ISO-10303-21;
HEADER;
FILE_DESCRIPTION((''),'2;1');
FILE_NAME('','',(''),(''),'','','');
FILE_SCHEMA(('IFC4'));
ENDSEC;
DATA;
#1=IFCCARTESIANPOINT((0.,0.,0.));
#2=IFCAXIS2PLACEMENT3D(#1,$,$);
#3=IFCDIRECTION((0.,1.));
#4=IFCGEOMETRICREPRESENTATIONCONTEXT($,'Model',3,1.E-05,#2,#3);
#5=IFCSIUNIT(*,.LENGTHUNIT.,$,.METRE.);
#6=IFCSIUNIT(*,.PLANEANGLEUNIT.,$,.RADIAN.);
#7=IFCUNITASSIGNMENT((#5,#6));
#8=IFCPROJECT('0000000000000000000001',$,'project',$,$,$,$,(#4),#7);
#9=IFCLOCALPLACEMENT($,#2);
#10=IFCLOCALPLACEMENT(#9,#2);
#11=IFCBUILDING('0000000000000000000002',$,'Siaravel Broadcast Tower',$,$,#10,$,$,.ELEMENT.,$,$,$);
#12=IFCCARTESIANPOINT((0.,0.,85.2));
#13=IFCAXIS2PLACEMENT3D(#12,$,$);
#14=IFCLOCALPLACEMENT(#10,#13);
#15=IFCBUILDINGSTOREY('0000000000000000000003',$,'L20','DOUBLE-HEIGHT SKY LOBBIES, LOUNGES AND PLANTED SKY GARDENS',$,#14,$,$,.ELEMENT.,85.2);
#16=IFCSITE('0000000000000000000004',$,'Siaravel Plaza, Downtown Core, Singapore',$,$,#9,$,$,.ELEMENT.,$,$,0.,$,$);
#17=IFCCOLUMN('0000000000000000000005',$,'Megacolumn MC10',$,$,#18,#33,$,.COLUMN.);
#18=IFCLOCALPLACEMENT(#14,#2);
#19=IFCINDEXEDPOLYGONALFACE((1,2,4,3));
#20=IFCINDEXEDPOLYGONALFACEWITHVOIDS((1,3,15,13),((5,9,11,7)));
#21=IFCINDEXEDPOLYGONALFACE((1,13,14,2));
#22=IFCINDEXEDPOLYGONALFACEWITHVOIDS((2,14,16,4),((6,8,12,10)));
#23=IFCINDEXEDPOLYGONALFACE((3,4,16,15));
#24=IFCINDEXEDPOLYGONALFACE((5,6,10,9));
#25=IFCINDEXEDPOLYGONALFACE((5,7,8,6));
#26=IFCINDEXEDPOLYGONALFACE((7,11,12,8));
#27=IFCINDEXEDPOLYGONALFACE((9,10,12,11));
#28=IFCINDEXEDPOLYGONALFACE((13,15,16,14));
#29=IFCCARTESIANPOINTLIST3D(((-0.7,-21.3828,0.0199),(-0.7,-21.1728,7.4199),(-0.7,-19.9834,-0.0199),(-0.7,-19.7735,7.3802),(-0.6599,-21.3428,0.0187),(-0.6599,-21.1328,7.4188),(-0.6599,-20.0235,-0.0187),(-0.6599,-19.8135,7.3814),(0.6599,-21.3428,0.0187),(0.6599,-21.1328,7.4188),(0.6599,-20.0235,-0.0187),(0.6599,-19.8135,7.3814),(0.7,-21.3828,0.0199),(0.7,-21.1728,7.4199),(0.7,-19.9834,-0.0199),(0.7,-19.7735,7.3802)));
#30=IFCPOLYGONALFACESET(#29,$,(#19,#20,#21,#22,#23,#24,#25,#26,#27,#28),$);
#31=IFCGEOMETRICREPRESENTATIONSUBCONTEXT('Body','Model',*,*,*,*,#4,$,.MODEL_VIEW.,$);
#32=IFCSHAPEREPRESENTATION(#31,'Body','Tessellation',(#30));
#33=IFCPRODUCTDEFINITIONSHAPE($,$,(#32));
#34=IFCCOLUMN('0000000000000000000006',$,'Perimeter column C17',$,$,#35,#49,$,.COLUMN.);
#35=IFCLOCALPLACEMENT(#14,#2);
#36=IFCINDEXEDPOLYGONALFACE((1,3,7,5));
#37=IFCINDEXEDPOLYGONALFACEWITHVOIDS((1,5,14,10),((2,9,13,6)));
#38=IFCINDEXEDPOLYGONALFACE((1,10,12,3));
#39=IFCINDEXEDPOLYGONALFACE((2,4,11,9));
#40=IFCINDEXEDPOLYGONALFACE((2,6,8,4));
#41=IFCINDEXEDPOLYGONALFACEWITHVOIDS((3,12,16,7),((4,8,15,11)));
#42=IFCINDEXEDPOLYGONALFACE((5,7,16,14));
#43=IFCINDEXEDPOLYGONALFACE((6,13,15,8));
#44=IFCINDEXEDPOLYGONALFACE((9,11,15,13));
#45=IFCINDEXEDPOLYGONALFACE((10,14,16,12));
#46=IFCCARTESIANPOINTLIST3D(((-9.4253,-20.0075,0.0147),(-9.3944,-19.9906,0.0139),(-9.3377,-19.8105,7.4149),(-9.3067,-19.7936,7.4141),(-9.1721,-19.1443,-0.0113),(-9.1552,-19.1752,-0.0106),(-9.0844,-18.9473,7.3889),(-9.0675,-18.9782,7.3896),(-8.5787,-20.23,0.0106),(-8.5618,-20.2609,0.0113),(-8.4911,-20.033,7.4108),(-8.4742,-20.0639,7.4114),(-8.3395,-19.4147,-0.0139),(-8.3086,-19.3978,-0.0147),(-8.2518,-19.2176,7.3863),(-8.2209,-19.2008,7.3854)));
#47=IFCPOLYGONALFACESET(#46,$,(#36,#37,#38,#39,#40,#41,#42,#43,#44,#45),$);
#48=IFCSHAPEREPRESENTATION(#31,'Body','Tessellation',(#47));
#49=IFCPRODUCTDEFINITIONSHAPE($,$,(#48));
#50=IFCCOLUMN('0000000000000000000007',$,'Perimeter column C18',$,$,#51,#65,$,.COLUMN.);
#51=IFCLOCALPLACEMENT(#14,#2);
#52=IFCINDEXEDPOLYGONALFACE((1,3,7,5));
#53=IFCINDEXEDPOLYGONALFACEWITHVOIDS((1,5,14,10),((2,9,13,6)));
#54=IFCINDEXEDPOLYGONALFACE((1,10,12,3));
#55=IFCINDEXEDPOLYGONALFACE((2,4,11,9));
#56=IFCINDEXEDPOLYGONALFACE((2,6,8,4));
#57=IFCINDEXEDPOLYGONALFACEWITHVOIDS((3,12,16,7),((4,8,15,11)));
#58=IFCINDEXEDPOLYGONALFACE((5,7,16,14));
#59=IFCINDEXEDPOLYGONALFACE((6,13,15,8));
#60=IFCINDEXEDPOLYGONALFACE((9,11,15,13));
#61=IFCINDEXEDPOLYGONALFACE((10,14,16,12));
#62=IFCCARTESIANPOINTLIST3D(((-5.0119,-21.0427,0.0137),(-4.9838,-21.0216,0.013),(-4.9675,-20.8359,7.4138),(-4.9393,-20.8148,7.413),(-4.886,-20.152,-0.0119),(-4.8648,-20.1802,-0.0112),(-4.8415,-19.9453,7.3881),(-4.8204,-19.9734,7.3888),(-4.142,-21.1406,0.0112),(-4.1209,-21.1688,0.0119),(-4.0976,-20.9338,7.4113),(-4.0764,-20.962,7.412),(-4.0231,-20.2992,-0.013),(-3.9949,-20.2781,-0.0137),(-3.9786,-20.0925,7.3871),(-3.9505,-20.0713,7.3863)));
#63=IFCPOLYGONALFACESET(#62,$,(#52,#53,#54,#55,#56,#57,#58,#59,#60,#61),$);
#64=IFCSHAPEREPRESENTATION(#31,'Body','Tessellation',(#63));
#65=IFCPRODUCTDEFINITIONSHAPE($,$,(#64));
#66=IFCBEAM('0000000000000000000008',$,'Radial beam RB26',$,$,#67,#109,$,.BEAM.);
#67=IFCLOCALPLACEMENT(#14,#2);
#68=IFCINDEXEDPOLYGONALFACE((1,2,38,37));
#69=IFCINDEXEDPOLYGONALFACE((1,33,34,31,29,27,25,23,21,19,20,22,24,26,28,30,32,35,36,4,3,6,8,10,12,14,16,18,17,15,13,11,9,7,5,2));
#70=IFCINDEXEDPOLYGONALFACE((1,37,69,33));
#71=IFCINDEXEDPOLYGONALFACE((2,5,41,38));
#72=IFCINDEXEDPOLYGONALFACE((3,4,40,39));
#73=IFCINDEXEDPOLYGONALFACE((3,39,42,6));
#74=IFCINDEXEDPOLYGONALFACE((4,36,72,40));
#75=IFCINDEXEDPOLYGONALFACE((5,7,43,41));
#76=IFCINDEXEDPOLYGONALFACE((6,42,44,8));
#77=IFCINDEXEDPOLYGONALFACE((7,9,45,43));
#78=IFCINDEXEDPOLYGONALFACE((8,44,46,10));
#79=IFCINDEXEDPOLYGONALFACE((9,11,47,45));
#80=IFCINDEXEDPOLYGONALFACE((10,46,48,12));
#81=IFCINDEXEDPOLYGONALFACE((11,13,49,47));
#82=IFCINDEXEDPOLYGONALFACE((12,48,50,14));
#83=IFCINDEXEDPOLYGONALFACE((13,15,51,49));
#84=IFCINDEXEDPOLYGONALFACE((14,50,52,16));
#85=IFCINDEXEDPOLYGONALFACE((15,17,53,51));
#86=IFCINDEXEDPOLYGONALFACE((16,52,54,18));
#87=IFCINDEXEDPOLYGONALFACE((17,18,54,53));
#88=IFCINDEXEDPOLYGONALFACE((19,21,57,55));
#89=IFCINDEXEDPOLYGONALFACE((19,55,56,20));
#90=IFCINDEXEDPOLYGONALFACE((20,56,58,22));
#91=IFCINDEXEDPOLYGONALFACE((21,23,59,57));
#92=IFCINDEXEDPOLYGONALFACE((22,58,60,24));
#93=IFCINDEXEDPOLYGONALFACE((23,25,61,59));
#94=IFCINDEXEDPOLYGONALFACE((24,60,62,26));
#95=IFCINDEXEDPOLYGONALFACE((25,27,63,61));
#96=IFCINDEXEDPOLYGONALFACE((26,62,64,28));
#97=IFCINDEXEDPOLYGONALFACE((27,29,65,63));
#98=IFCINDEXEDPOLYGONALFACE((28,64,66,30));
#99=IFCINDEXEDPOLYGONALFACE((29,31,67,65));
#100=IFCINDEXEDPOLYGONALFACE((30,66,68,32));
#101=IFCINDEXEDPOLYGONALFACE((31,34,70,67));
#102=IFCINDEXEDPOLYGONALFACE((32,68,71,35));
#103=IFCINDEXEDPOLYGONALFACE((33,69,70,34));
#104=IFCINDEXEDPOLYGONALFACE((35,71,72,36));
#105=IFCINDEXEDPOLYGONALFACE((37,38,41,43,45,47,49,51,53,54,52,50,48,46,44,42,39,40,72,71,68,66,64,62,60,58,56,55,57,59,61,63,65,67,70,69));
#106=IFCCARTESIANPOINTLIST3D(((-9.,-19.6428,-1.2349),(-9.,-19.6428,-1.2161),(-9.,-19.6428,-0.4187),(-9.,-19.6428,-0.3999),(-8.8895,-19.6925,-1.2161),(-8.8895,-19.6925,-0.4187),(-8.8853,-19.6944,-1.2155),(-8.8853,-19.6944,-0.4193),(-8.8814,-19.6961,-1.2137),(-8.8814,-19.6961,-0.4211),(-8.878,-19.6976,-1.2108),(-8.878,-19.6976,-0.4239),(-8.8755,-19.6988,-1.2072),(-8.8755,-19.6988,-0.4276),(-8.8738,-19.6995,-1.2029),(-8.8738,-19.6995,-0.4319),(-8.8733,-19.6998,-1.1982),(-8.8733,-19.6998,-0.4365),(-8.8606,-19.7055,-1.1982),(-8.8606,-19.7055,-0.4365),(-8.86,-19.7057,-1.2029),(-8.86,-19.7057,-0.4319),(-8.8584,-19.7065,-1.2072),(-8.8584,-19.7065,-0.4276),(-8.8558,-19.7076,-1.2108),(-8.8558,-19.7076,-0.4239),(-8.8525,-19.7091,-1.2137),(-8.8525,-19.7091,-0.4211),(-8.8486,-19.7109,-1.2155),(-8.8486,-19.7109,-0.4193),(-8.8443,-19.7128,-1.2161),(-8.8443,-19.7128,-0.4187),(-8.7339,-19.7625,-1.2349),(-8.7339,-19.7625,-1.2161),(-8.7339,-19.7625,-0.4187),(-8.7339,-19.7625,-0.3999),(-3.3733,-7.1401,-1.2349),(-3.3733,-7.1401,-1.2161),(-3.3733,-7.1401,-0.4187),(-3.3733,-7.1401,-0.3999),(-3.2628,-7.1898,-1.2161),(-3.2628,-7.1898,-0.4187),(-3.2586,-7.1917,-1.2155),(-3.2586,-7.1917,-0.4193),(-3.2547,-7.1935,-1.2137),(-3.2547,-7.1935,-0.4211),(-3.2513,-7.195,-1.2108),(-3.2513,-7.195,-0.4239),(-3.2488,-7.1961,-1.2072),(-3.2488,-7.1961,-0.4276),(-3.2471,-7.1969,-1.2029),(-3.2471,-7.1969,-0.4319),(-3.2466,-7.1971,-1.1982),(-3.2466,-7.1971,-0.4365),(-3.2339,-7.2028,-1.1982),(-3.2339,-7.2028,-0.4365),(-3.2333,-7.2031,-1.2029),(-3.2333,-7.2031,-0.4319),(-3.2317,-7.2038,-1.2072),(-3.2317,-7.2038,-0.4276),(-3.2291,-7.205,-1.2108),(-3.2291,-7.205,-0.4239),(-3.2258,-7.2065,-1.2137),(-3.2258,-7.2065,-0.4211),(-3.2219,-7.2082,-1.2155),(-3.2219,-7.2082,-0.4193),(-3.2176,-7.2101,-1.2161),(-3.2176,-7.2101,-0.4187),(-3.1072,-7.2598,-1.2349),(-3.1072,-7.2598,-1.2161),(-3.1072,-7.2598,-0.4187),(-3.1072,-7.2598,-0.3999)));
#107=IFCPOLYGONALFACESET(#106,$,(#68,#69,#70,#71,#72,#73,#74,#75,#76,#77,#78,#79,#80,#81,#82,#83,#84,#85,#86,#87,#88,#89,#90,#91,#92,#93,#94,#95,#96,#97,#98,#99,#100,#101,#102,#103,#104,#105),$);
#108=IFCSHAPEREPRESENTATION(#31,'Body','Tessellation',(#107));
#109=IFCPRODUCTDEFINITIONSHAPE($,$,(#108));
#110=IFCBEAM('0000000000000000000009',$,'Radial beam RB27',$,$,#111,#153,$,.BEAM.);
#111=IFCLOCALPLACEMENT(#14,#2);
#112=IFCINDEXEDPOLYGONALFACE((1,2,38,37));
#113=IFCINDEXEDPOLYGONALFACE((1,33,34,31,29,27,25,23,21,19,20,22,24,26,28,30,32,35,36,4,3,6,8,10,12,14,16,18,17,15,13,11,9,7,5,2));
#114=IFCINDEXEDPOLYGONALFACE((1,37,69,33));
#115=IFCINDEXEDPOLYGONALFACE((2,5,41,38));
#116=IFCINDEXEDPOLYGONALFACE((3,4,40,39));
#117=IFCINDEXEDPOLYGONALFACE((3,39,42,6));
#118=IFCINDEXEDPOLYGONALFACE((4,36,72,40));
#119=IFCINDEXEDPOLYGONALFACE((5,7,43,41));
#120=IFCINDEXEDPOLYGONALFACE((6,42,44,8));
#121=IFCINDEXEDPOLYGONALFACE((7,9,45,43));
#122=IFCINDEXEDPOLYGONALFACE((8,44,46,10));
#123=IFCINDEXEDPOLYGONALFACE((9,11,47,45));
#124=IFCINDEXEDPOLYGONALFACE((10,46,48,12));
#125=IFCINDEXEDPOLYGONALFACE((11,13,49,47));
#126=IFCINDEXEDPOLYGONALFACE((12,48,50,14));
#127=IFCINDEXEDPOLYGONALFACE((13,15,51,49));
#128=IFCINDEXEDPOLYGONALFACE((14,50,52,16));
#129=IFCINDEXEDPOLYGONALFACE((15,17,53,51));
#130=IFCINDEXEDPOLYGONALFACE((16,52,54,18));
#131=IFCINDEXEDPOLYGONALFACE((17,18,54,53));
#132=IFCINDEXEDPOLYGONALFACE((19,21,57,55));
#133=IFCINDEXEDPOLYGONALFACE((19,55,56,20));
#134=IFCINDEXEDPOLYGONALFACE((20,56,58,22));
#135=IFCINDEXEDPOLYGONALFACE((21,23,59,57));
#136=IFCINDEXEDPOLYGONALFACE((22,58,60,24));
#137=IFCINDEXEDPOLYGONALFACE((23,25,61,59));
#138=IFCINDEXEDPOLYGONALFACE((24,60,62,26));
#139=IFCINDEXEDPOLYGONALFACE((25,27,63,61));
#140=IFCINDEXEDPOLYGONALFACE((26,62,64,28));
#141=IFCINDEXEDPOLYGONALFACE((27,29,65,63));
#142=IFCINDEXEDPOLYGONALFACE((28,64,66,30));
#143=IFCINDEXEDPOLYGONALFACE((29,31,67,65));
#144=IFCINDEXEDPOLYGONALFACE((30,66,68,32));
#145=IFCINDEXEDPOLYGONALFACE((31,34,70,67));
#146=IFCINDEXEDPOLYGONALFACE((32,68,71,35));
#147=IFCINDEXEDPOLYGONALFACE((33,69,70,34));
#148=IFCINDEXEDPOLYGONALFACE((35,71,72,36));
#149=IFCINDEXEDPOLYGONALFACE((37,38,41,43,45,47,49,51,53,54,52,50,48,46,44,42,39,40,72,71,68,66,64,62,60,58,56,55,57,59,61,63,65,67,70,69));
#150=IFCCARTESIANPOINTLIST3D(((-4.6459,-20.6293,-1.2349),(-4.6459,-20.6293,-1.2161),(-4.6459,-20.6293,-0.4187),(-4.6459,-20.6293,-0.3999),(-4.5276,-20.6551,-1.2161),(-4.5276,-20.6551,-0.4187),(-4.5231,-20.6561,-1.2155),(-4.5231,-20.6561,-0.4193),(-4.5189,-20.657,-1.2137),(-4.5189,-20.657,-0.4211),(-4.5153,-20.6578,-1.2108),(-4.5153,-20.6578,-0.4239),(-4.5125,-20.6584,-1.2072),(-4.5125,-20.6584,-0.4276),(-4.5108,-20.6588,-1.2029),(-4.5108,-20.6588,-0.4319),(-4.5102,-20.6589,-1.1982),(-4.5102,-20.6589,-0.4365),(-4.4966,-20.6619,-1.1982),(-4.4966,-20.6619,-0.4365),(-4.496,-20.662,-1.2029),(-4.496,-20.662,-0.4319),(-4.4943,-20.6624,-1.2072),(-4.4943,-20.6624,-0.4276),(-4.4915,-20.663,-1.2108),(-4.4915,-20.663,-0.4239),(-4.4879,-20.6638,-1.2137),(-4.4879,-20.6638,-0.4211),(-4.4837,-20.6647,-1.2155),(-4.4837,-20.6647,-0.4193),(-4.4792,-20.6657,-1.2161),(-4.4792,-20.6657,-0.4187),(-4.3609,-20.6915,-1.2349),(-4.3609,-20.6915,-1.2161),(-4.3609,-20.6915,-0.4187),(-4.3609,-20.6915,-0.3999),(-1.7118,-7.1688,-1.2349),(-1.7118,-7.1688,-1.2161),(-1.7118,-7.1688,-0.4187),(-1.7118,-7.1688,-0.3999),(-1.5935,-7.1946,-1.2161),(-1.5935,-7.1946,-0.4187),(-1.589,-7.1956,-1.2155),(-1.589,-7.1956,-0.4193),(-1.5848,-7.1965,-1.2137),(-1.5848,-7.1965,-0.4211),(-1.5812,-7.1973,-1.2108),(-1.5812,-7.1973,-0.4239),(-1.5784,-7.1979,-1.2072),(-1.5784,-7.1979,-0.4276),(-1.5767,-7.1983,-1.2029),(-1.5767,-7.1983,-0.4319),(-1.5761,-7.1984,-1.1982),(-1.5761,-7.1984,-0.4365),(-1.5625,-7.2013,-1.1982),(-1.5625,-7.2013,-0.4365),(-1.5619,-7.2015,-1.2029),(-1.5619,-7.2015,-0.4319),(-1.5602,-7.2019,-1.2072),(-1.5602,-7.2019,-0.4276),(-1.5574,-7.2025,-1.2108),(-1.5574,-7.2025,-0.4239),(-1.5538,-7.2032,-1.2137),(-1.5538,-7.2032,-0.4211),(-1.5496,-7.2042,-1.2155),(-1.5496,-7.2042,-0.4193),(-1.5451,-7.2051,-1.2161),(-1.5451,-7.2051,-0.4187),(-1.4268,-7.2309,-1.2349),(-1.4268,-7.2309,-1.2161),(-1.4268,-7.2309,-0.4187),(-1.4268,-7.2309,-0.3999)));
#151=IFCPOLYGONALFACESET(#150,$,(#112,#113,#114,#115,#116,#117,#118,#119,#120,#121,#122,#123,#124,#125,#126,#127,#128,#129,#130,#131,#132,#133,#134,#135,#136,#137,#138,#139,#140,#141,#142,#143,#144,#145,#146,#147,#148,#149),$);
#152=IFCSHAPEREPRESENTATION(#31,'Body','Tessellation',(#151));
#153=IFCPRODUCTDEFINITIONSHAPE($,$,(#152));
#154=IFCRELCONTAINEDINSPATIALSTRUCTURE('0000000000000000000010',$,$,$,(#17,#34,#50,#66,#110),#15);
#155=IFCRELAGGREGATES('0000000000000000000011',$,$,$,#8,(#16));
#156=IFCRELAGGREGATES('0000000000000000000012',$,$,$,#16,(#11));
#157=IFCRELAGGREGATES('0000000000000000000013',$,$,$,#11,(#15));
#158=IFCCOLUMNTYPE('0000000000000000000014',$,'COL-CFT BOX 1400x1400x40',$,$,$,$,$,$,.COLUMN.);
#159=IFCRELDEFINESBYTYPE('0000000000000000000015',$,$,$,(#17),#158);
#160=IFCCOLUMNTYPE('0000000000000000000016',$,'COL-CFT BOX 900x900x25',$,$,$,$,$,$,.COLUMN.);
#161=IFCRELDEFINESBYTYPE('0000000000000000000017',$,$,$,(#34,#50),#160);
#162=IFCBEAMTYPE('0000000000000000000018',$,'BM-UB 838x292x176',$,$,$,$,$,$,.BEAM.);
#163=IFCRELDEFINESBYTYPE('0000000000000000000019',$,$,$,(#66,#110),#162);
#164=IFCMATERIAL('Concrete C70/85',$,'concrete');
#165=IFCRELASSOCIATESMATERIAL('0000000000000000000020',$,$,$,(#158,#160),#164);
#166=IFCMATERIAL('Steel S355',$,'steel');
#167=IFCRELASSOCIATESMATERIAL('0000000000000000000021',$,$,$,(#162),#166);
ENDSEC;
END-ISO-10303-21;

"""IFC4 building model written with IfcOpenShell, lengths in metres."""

from ifc_helpers import new_model, si_unit, direction, frame, origin, origin_2d, place, context, subcontext, project, spatial, hollow_rectangle, i_section, extrude, material, material_profile, profile_set, type_object, element, save


model = new_model("IFC4")

# Units and contexts
model_context = context("Model", 3, precision=1e-05, world=origin(), true_north=direction((0.0, 1.0)))
body_context = subcontext(model_context, "Body", "Model", "MODEL_VIEW")
ifc_project = project(units=[si_unit("LENGTHUNIT", "METRE"), si_unit("PLANEANGLEUNIT", "RADIAN")], contexts=[model_context])

# Site, building, storey
site_placement = place(None, origin())
site = spatial("IfcSite", under=ifc_project, at=site_placement, Name="Siaravel Plaza, Downtown Core, Singapore", CompositionType="ELEMENT", RefElevation=0.0)
building_placement = place(site_placement, origin())
building = spatial("IfcBuilding", under=site, at=building_placement, Name="Siaravel Broadcast Tower", CompositionType="ELEMENT")
storey_placement = place(building_placement, frame((0.0, 0.0, 85.2)))
storey = spatial("IfcBuildingStorey", under=building, at=storey_placement, Name="L20", Description="DOUBLE-HEIGHT SKY LOBBIES, LOUNGES AND PLANTED SKY GARDENS", CompositionType="ELEMENT", Elevation=85.2)

# Columns
ifc_material_1 = material(Name="Concrete C70/85", Category="concrete")
ifc_material_profile_1 = material_profile(ifc_material_1, hollow_rectangle(XDim=1.3999, YDim=1.3999, WallThickness=0.04, at=origin_2d()))
ifc_profile_set_1 = profile_set([ifc_material_profile_1], Name="Concrete C70/85")
column_type_1 = type_object("IfcColumnType", Name="COL-CFT BOX 1400x1400x40", PredefinedType="COLUMN", material=ifc_profile_set_1)
column_1_placement = place(storey_placement, frame((0.0, -20.6831, 0.0), z_axis=(0.0, 0.028361, 0.999598), x_axis=(-1.0, 0.0, 0.0)))
element("IfcColumn", 1, at=column_1_placement, inside=storey, type_object=column_type_1, Name="Megacolumn MC10", PredefinedType="COLUMN", context=body_context, shape_type="SweptSolid", body=[
    extrude(hollow_rectangle(XDim=1.3999, YDim=1.3999, WallThickness=0.04, at=origin_2d()), origin(), (0.0, 0.0, 1.0), 7.4031),
])
ifc_material_profile_2 = material_profile(ifc_material_1, hollow_rectangle(XDim=0.8999, YDim=0.8999, WallThickness=0.0249, at=origin_2d()))
ifc_profile_set_2 = profile_set([ifc_material_profile_2], Name="Concrete C70/85")
column_type_2 = type_object("IfcColumnType", Name="COL-CFT BOX 900x900x25", PredefinedType="COLUMN", material=ifc_profile_set_2)
column_2_placement = place(storey_placement, frame((-8.8669, -19.7026, 0.0), z_axis=(0.011839, 0.026613, 0.999576), x_axis=(-0.959516, 0.281627, 0.003866)))
element("IfcColumn", 2, at=column_2_placement, inside=storey, type_object=column_type_2, Name="Perimeter column C17", PredefinedType="COLUMN", context=body_context, shape_type="SweptSolid", body=[
    extrude(hollow_rectangle(XDim=0.8999, YDim=0.8999, WallThickness=0.0249, at=origin_2d()), origin(), (0.0, 0.0, 1.0), 7.4033),
])
column_3_placement = place(storey_placement, frame((-4.5034, -20.6604, 0.0), z_axis=(0.006002, 0.027932, 0.999592), x_axis=(-0.990142, 0.14005, 0.002032)))
element("IfcColumn", 3, at=column_3_placement, inside=storey, type_object=column_type_2, Name="Perimeter column C18", PredefinedType="COLUMN", context=body_context, shape_type="SweptSolid", body=[
    extrude(hollow_rectangle(XDim=0.8999, YDim=0.8999, WallThickness=0.0249, at=origin_2d()), origin(), (0.0, 0.0, 1.0), 7.4031),
])

# Beams
ifc_material_2 = material(Name="Steel S355", Category="steel")
ifc_material_profile_3 = material_profile(ifc_material_2, i_section(OverallWidth=0.2917, OverallDepth=0.835, WebThickness=0.0139, FlangeThickness=0.0188, FilletRadius=0.0178, at=origin_2d()))
ifc_profile_set_3 = profile_set([ifc_material_profile_3], Name="Steel S355")
beam_type = type_object("IfcBeamType", Name="BM-UB 838x292x176", PredefinedType="BEAM", material=ifc_profile_set_3)
beam_1_placement = place(storey_placement, frame((-8.8669, -19.7026, -0.8174), z_axis=(0.410395, 0.911908, 0.0), x_axis=(-0.911908, 0.410395, 0.0)))
element("IfcBeam", 4, at=beam_1_placement, inside=storey, type_object=beam_type, Name="Radial beam RB26", PredefinedType="BEAM", context=body_context, shape_type="SweptSolid", body=[
    extrude(i_section(OverallWidth=0.2917, OverallDepth=0.835, WebThickness=0.0139, FlangeThickness=0.0188, FilletRadius=0.0178, at=origin_2d()), origin(), (0.0, 0.0, 1.0), 13.7104),
])
beam_2_placement = place(storey_placement, frame((-4.5034, -20.6604, -0.8174), z_axis=(0.212977, 0.977057, 0.0), x_axis=(-0.977057, 0.212977, 0.0)))
element("IfcBeam", 5, at=beam_2_placement, inside=storey, type_object=beam_type, Name="Radial beam RB27", PredefinedType="BEAM", context=body_context, shape_type="SweptSolid", body=[
    extrude(i_section(OverallWidth=0.2917, OverallDepth=0.835, WebThickness=0.0139, FlangeThickness=0.0188, FilletRadius=0.0178, at=origin_2d()), origin(), (0.0, 0.0, 1.0), 13.7766),
])

save(model, "model.ifc")
